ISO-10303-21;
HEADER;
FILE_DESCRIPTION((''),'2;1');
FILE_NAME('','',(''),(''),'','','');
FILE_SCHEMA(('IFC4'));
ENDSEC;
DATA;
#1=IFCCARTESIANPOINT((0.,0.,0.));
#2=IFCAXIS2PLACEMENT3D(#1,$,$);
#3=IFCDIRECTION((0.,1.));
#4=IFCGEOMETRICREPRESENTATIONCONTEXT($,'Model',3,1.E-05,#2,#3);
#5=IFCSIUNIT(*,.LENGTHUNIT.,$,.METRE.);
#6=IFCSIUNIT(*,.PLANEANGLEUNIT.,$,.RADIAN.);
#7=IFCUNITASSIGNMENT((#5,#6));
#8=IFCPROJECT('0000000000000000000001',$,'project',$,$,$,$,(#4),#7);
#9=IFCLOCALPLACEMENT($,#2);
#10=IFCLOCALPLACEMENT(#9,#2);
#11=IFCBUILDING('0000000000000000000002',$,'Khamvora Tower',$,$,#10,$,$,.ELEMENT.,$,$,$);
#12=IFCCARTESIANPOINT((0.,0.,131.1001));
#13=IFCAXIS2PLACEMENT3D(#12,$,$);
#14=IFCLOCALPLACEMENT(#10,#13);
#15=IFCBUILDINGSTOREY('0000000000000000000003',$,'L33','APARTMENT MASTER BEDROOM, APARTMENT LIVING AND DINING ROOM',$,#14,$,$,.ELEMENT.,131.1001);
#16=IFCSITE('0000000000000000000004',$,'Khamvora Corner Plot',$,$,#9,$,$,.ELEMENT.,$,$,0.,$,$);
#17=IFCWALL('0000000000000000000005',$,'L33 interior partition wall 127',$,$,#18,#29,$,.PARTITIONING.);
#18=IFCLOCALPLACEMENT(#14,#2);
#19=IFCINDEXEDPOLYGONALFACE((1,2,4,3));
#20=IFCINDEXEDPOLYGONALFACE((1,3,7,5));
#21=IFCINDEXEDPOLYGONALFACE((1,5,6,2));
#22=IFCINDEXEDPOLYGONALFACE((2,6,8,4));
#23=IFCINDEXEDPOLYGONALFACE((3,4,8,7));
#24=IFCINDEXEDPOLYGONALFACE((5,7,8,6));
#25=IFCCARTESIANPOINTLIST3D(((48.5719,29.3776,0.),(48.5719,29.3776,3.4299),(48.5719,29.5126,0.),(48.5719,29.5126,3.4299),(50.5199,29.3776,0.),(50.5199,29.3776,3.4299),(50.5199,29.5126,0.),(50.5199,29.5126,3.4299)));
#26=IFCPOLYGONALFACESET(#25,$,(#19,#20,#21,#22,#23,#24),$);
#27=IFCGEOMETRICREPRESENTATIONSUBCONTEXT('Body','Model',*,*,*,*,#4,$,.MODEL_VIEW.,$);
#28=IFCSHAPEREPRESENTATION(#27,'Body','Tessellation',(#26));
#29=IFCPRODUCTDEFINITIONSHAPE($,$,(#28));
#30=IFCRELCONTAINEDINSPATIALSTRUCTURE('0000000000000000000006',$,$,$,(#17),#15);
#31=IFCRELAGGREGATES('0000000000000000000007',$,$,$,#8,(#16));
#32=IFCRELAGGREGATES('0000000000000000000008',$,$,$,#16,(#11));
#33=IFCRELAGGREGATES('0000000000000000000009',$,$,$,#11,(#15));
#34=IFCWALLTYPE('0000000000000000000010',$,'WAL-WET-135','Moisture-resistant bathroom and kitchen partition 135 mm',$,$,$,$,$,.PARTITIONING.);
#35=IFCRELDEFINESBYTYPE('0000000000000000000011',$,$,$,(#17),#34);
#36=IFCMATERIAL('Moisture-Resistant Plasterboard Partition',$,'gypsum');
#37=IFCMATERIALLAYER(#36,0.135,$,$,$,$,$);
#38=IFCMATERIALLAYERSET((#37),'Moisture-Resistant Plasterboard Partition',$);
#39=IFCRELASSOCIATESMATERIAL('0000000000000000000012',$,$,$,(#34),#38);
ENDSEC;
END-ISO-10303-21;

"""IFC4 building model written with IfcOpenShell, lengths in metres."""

from ifc_helpers import new_model, si_unit, direction, frame, frame_2d, origin, place, context, subcontext, project, spatial, rectangle, extrude, material, layer, layer_set, type_object, element, save


model = new_model("IFC4")

# Units and contexts
model_context = context("Model", 3, precision=1e-05, world=origin(), true_north=direction((0.0, 1.0)))
body_context = subcontext(model_context, "Body", "Model", "MODEL_VIEW")
ifc_project = project(units=[si_unit("LENGTHUNIT", "METRE"), si_unit("PLANEANGLEUNIT", "RADIAN")], contexts=[model_context])

# Site, building, storey
site_placement = place(None, origin())
site = spatial("IfcSite", under=ifc_project, at=site_placement, Name="Khamvora Corner Plot", CompositionType="ELEMENT", RefElevation=0.0)
building_placement = place(site_placement, origin())
building = spatial("IfcBuilding", under=site, at=building_placement, Name="Khamvora Tower", CompositionType="ELEMENT")
storey_placement = place(building_placement, frame((0.0, 0.0, 131.1001)))
storey = spatial("IfcBuildingStorey", under=building, at=storey_placement, Name="L33", Description="APARTMENT MASTER BEDROOM, APARTMENT LIVING AND DINING ROOM", CompositionType="ELEMENT", Elevation=131.1001)

# Shared definitions
ifc_material_1 = material(Name="Moisture-Resistant Plasterboard Partition", Category="gypsum")
ifc_layer_1 = layer(ifc_material_1, 0.135)
ifc_layer_set_1 = layer_set([ifc_layer_1], Name="Moisture-Resistant Plasterboard Partition")
wall_type_1 = type_object("IfcWallType", Name="WAL-WET-135", Description="Moisture-resistant bathroom and kitchen partition 135 mm", PredefinedType="PARTITIONING", material=ifc_layer_set_1)

# Wall
wall_1_placement = place(storey_placement, frame((50.52, 29.4451, 0.0), z_axis=(0.0, 0.0, 1.0), x_axis=(-1.0, 0.0, 0.0)))
element("IfcWall", 1, at=wall_1_placement, inside=storey, type_object=wall_type_1, Name="L33 interior partition wall 127", PredefinedType="PARTITIONING", context=body_context, shape_type="SweptSolid", body=[
    extrude(rectangle(XDim=1.948, YDim=0.135, at=frame_2d((0.9741, 0.0))), origin(), (0.0, 0.0, 1.0), 3.4299),
])

save(model, "model.ifc")
